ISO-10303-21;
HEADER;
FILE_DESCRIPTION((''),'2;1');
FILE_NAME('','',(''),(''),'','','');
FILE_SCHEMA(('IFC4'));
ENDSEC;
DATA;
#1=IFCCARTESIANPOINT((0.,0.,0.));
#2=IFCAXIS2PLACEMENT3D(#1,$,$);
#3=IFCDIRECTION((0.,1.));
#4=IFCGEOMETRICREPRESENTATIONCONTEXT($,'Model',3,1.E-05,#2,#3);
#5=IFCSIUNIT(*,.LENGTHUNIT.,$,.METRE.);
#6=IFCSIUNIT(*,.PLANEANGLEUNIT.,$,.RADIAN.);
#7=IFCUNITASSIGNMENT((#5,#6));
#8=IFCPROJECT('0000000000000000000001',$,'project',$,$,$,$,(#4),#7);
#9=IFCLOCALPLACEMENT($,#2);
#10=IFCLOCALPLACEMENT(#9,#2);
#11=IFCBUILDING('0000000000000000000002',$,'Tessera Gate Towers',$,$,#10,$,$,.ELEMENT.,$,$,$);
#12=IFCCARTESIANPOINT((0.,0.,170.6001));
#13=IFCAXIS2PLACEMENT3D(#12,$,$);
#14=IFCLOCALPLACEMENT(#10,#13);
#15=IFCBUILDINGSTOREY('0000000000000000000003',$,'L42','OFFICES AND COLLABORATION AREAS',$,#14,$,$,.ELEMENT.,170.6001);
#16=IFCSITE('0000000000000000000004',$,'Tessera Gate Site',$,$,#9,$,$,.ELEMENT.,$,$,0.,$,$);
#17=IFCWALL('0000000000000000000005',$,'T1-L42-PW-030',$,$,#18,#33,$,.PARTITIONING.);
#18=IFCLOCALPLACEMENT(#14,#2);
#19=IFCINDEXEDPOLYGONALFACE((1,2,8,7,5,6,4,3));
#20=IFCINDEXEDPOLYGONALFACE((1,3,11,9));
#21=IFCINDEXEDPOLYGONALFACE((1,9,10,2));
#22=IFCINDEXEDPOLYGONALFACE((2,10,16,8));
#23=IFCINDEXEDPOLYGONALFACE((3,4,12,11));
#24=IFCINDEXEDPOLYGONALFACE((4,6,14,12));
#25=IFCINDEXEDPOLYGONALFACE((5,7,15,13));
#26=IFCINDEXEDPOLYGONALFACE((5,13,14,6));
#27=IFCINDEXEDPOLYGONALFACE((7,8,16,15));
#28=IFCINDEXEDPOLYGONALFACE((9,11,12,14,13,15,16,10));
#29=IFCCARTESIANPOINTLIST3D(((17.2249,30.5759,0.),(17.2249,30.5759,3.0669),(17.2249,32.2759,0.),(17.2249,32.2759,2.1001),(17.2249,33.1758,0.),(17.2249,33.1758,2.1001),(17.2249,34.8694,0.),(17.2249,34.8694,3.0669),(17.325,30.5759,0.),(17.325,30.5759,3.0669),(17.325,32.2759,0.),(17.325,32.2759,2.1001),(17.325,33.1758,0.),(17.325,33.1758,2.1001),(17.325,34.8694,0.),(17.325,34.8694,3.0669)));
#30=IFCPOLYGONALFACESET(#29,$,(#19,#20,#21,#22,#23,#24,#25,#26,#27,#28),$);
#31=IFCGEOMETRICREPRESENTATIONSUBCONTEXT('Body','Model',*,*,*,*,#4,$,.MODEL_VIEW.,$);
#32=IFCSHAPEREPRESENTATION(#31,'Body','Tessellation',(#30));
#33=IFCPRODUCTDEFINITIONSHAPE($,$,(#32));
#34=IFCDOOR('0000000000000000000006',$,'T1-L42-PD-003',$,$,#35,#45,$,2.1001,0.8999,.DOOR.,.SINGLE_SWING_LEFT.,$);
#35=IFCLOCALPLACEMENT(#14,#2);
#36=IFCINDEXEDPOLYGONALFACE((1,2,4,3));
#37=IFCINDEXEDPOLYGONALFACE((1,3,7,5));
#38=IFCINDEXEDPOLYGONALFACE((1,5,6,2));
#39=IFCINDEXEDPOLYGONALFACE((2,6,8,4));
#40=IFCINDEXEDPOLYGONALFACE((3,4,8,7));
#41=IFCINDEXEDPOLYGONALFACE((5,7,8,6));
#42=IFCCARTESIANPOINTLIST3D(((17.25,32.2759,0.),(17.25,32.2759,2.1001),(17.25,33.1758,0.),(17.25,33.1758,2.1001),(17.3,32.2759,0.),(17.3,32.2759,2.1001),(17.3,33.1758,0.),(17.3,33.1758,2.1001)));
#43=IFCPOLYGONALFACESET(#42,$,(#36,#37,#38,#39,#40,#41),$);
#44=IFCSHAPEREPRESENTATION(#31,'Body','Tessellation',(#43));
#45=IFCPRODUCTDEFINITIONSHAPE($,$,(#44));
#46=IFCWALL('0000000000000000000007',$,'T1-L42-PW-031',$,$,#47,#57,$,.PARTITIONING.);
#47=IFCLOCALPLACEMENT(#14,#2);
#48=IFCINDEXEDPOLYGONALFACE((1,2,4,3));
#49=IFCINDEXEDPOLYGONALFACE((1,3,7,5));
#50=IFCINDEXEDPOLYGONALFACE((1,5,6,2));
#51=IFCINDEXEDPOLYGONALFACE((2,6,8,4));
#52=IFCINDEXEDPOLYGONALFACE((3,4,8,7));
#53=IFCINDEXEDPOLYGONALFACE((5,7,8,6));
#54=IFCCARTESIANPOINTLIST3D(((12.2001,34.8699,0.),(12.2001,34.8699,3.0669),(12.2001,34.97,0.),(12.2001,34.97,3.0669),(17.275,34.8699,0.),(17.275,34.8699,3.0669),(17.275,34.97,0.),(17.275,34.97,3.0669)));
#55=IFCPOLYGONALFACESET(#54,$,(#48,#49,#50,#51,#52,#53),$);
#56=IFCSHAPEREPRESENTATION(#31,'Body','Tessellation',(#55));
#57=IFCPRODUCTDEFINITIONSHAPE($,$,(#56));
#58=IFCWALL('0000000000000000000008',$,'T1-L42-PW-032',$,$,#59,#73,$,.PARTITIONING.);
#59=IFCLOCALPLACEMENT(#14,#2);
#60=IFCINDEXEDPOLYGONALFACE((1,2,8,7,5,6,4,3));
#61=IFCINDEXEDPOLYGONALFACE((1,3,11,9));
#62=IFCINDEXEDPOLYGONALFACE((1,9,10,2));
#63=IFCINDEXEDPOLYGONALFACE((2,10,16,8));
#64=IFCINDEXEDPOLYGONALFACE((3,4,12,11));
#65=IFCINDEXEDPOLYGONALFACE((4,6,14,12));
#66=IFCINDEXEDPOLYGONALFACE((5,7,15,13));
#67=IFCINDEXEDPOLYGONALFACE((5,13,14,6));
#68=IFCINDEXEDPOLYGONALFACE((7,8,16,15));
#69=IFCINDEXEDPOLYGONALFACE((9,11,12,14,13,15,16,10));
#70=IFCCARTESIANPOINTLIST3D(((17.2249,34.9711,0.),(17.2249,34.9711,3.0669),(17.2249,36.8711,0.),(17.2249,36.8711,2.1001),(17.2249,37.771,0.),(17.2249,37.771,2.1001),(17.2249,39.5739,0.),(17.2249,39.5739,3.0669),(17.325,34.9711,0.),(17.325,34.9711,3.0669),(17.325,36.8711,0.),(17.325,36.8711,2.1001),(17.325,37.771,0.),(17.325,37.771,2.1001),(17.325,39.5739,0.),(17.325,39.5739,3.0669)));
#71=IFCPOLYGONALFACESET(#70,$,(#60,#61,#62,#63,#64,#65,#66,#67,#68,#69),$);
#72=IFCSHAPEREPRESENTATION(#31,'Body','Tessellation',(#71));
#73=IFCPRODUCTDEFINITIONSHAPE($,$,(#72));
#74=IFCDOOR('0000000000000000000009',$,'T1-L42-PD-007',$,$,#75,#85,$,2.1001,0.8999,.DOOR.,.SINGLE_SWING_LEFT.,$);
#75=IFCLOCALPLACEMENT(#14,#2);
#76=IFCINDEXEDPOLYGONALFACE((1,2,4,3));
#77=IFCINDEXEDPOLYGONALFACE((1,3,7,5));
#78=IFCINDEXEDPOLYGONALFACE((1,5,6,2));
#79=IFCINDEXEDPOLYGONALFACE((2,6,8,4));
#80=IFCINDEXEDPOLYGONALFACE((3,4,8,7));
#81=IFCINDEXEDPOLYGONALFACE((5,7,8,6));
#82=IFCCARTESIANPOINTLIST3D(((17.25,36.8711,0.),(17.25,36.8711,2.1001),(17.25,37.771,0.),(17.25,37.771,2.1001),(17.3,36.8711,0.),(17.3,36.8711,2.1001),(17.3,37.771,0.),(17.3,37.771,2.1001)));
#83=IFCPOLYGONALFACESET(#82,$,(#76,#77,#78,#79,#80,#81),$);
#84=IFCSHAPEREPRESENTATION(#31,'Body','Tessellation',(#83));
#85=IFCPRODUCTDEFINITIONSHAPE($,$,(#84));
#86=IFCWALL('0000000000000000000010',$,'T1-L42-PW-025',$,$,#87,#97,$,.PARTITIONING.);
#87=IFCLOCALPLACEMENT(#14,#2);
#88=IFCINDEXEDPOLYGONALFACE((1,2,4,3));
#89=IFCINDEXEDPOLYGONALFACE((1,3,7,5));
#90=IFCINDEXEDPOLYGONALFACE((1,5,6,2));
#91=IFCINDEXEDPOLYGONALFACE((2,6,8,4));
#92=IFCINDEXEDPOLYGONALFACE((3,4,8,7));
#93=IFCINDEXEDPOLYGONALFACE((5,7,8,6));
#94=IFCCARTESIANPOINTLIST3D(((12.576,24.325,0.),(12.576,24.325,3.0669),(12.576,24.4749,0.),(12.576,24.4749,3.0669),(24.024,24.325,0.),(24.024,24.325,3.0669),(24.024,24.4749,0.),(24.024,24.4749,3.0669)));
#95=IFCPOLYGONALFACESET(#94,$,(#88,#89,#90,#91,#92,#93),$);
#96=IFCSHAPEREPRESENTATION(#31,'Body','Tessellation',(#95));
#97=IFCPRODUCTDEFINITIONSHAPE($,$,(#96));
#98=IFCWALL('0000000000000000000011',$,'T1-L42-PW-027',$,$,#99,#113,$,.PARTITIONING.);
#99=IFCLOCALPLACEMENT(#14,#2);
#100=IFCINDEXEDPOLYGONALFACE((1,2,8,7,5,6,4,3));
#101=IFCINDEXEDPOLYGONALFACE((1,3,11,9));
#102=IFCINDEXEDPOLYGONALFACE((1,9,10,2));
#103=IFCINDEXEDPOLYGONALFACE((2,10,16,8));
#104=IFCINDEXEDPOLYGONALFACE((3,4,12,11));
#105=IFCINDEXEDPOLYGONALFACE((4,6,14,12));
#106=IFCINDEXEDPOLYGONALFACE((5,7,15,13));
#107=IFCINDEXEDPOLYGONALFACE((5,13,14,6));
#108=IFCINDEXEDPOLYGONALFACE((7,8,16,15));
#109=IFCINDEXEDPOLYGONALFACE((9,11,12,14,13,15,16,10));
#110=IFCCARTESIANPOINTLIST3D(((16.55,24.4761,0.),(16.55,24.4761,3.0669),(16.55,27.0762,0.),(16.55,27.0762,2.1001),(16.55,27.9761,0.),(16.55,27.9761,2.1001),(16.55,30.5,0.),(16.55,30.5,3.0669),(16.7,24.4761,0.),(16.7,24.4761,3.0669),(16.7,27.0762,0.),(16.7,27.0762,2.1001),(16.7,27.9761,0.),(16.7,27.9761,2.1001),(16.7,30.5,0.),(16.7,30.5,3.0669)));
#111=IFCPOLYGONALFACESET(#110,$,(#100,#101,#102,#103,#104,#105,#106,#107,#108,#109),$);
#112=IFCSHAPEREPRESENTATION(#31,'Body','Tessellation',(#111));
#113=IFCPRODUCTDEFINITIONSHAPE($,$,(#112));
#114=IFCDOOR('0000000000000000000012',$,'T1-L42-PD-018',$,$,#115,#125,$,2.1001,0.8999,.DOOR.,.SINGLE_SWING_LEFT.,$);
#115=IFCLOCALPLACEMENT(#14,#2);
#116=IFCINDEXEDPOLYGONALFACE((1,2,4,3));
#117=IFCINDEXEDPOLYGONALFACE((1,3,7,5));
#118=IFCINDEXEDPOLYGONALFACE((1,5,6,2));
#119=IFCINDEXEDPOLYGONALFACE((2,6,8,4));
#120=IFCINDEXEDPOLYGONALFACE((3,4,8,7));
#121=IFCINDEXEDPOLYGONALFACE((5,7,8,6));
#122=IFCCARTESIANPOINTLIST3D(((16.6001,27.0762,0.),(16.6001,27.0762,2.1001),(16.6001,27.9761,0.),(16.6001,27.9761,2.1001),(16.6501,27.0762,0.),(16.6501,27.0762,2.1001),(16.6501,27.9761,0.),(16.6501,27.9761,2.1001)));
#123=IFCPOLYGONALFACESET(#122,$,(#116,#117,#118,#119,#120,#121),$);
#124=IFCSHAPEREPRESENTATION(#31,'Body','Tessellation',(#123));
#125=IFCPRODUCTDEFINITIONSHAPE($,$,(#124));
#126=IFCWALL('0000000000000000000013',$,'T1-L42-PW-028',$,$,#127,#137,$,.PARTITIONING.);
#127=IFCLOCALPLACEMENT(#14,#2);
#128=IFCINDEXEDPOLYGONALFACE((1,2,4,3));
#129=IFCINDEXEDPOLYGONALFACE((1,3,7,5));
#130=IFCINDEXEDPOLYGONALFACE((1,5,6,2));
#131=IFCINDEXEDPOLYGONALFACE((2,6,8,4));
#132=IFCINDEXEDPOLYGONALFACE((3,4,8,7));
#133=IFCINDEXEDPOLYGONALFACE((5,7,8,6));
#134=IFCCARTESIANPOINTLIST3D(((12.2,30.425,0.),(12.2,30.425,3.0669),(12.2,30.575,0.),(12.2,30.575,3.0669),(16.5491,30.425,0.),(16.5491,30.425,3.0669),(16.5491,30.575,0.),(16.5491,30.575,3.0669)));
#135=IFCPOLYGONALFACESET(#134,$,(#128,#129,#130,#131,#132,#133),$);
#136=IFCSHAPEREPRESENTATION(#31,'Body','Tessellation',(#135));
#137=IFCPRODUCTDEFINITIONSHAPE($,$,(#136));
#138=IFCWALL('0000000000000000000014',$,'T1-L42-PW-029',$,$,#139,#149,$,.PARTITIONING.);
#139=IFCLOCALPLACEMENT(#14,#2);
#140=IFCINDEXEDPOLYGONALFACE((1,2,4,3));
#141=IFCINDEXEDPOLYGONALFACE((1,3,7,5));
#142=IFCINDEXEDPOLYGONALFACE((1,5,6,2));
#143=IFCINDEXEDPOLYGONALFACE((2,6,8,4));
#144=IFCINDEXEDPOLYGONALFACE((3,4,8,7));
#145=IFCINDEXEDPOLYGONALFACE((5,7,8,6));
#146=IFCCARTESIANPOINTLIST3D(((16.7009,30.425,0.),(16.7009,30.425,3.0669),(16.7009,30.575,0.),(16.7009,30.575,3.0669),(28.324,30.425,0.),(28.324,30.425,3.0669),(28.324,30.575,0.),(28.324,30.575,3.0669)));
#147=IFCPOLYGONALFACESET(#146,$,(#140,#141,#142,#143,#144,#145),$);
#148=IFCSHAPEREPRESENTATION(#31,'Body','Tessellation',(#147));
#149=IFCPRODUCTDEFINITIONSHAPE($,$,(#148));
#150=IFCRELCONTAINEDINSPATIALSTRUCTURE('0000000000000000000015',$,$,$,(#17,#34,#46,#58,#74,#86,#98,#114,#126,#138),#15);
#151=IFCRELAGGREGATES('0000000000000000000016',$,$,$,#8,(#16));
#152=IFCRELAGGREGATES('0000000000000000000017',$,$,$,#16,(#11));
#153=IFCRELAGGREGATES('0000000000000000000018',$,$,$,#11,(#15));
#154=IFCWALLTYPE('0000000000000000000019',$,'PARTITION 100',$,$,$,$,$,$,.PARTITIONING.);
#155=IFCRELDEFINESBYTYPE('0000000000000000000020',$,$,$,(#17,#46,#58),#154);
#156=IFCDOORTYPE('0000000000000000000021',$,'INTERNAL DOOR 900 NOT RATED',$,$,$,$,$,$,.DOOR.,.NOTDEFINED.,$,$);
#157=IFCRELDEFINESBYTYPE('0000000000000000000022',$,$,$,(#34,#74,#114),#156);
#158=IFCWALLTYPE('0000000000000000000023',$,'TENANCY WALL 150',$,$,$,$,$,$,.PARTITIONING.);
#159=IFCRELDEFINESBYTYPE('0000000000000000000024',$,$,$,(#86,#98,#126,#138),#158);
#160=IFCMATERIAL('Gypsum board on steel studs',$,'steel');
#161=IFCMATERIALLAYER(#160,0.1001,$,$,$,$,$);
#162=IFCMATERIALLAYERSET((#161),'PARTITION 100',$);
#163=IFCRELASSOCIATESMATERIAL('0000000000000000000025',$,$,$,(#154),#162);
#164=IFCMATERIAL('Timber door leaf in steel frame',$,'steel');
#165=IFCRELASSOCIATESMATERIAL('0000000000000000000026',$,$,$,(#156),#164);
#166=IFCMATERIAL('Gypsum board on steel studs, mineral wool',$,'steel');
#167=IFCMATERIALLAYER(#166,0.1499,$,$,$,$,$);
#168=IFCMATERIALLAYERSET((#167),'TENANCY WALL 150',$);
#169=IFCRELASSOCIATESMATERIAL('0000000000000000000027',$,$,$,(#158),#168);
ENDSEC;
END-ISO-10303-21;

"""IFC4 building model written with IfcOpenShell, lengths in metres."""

from ifc_helpers import new_model, si_unit, direction, frame, frame_2d, origin, place, context, subcontext, project, spatial, rectangle, extrude, source, transform, mapped, material, layer, layer_set, type_object, element, fill, save


model = new_model("IFC4")

# Units and contexts
model_context = context("Model", 3, precision=1e-05, world=origin(), true_north=direction((0.0, 1.0)))
body_context = subcontext(model_context, "Body", "Model", "MODEL_VIEW")
ifc_project = project(units=[si_unit("LENGTHUNIT", "METRE"), si_unit("PLANEANGLEUNIT", "RADIAN")], contexts=[model_context])

# Site, building, storey
site_placement = place(None, origin())
site = spatial("IfcSite", under=ifc_project, at=site_placement, Name="Tessera Gate Site", CompositionType="ELEMENT", RefElevation=0.0)
building_placement = place(site_placement, origin())
building = spatial("IfcBuilding", under=site, at=building_placement, Name="Tessera Gate Towers", CompositionType="ELEMENT")
storey_placement = place(building_placement, frame((0.0, 0.0, 170.6001)))
storey = spatial("IfcBuildingStorey", under=building, at=storey_placement, Name="L42", Description="OFFICES AND COLLABORATION AREAS", CompositionType="ELEMENT", Elevation=170.6001)

# Wall, opening, door
shared_shape_1 = source(origin(), body_context, "Body", "SweptSolid", [
    extrude(rectangle(XDim=0.8999, YDim=2.1001, at=frame_2d((0.45, 1.05))), frame((0.0, 0.0601, 0.0), z_axis=(0.0, -1.0, 0.0), x_axis=(1.0, 0.0, 0.0)), (0.0, 0.0, 1.0), 0.1201),
])
shared_shape_2 = source(origin(), body_context, "Body", "SweptSolid", [
    extrude(rectangle(XDim=0.8999, YDim=2.1001, at=frame_2d((0.45, 1.05))), frame((0.0, 0.0249, 0.0), z_axis=(0.0, -1.0, 0.0), x_axis=(1.0, 0.0, 0.0)), (0.0, 0.0, 1.0), 0.05),
])
ifc_material_1 = material(Name="Gypsum board on steel studs", Category="steel")
ifc_layer_1 = layer(ifc_material_1, 0.1001)
ifc_layer_set_1 = layer_set([ifc_layer_1], Name="PARTITION 100")
wall_type_1 = type_object("IfcWallType", Name="PARTITION 100", PredefinedType="PARTITIONING", material=ifc_layer_set_1)
wall_1_placement = place(storey_placement, frame((17.2749, 30.5759, 0.0), z_axis=(0.0, 0.0, 1.0), x_axis=(0.0, 1.0, 0.0)))
wall_1 = element("IfcWall", 1, at=wall_1_placement, inside=storey, type_object=wall_type_1, Name="T1-L42-PW-030", PredefinedType="PARTITIONING", context=body_context, shape_type="SweptSolid", body=[
    extrude(rectangle(XDim=4.2935, YDim=0.1001, at=frame_2d((2.1467, 0.0))), origin(), (0.0, 0.0, 1.0), 3.0669),
])
opening_1_placement = place(wall_1_placement, frame((1.7, 0.0, 0.0)))
opening_1 = element("IfcOpeningElement", 2, at=opening_1_placement, cuts=wall_1, PredefinedType="OPENING", context=body_context, shape_type="MappedRepresentation", body=[
    mapped(shared_shape_1, transform((0.0, 0.0, 0.0), scale=1.0)),
])
ifc_material_2 = material(Name="Timber door leaf in steel frame", Category="steel")
door_type_1 = type_object("IfcDoorType", Name="INTERNAL DOOR 900 NOT RATED", OperationType="NOTDEFINED", PredefinedType="DOOR", material=ifc_material_2)
door_1_placement = place(opening_1_placement, origin())
door_1 = element("IfcDoor", 3, at=door_1_placement, inside=storey, type_object=door_type_1, Name="T1-L42-PD-003", OperationType="SINGLE_SWING_LEFT", OverallHeight=2.1001, OverallWidth=0.8999, PredefinedType="DOOR", context=body_context, shape_type="MappedRepresentation", body=[
    mapped(shared_shape_2, transform((0.0, 0.0, 0.0), scale=1.0)),
])
fill(opening_1, door_1)

# Wall
wall_2_placement = place(storey_placement, frame((12.2, 34.9199, 0.0), z_axis=(0.0, 0.0, 1.0), x_axis=(1.0, 0.0, 0.0)))
element("IfcWall", 4, at=wall_2_placement, inside=storey, type_object=wall_type_1, Name="T1-L42-PW-031", PredefinedType="PARTITIONING", context=body_context, shape_type="SweptSolid", body=[
    extrude(rectangle(XDim=5.075, YDim=0.1001, at=frame_2d((2.5376, 0.0))), origin(), (0.0, 0.0, 1.0), 3.0669),
])

# Wall, opening, door
wall_3_placement = place(storey_placement, frame((17.2749, 34.9712, 0.0), z_axis=(0.0, 0.0, 1.0), x_axis=(0.0, 1.0, 0.0)))
wall_3 = element("IfcWall", 5, at=wall_3_placement, inside=storey, type_object=wall_type_1, Name="T1-L42-PW-032", PredefinedType="PARTITIONING", context=body_context, shape_type="SweptSolid", body=[
    extrude(rectangle(XDim=4.6028, YDim=0.1001, at=frame_2d((2.3013, 0.0))), origin(), (0.0, 0.0, 1.0), 3.0669),
])
opening_2_placement = place(wall_3_placement, frame((1.8999, 0.0, 0.0)))
opening_2 = element("IfcOpeningElement", 6, at=opening_2_placement, cuts=wall_3, PredefinedType="OPENING", context=body_context, shape_type="MappedRepresentation", body=[
    mapped(shared_shape_1, transform((0.0, 0.0, 0.0), scale=1.0)),
])
door_2_placement = place(opening_2_placement, origin())
door_2 = element("IfcDoor", 7, at=door_2_placement, inside=storey, type_object=door_type_1, Name="T1-L42-PD-007", OperationType="SINGLE_SWING_LEFT", OverallHeight=2.1001, OverallWidth=0.8999, PredefinedType="DOOR", context=body_context, shape_type="MappedRepresentation", body=[
    mapped(shared_shape_2, transform((0.0, 0.0, 0.0), scale=1.0)),
])
fill(opening_2, door_2)

# Wall
ifc_material_3 = material(Name="Gypsum board on steel studs, mineral wool", Category="steel")
ifc_layer_2 = layer(ifc_material_3, 0.1499)
ifc_layer_set_2 = layer_set([ifc_layer_2], Name="TENANCY WALL 150")
wall_type_2 = type_object("IfcWallType", Name="TENANCY WALL 150", PredefinedType="PARTITIONING", material=ifc_layer_set_2)
wall_4_placement = place(storey_placement, frame((12.5759, 24.3999, 0.0), z_axis=(0.0, 0.0, 1.0), x_axis=(1.0, 0.0, 0.0)))
element("IfcWall", 8, at=wall_4_placement, inside=storey, type_object=wall_type_2, Name="T1-L42-PW-025", PredefinedType="PARTITIONING", context=body_context, shape_type="SweptSolid", body=[
    extrude(rectangle(XDim=11.448, YDim=0.1499, at=frame_2d((5.7241, 0.0))), origin(), (0.0, 0.0, 1.0), 3.0669),
])

# Wall, opening, door
wall_5_placement = place(storey_placement, frame((16.625, 24.4761, 0.0), z_axis=(0.0, 0.0, 1.0), x_axis=(0.0, 1.0, 0.0)))
wall_5 = element("IfcWall", 9, at=wall_5_placement, inside=storey, type_object=wall_type_2, Name="T1-L42-PW-027", PredefinedType="PARTITIONING", context=body_context, shape_type="SweptSolid", body=[
    extrude(rectangle(XDim=6.0239, YDim=0.1499, at=frame_2d((3.012, 0.0))), origin(), (0.0, 0.0, 1.0), 3.0669),
])
shared_shape_3 = source(origin(), body_context, "Body", "SweptSolid", [
    extrude(rectangle(XDim=0.8999, YDim=2.1001, at=frame_2d((0.45, 1.05))), frame((0.0, 0.085, 0.0), z_axis=(0.0, -1.0, 0.0), x_axis=(1.0, 0.0, 0.0)), (0.0, 0.0, 1.0), 0.1699),
])
opening_3_placement = place(wall_5_placement, frame((2.6001, 0.0, 0.0)))
opening_3 = element("IfcOpeningElement", 10, at=opening_3_placement, cuts=wall_5, PredefinedType="OPENING", context=body_context, shape_type="MappedRepresentation", body=[
    mapped(shared_shape_3, transform((0.0, 0.0, 0.0), scale=1.0)),
])
door_3_placement = place(opening_3_placement, origin())
door_3 = element("IfcDoor", 11, at=door_3_placement, inside=storey, type_object=door_type_1, Name="T1-L42-PD-018", OperationType="SINGLE_SWING_LEFT", OverallHeight=2.1001, OverallWidth=0.8999, PredefinedType="DOOR", context=body_context, shape_type="MappedRepresentation", body=[
    mapped(shared_shape_2, transform((0.0, 0.0, 0.0), scale=1.0)),
])
fill(opening_3, door_3)

# Walls
wall_6_placement = place(storey_placement, frame((12.2, 30.5, 0.0), z_axis=(0.0, 0.0, 1.0), x_axis=(1.0, 0.0, 0.0)))
element("IfcWall", 12, at=wall_6_placement, inside=storey, type_object=wall_type_2, Name="T1-L42-PW-028", PredefinedType="PARTITIONING", context=body_context, shape_type="SweptSolid", body=[
    extrude(rectangle(XDim=4.3491, YDim=0.1499, at=frame_2d((2.1746, 0.0))), origin(), (0.0, 0.0, 1.0), 3.0669),
])
wall_7_placement = place(storey_placement, frame((16.7009, 30.5, 0.0), z_axis=(0.0, 0.0, 1.0), x_axis=(1.0, 0.0, 0.0)))
element("IfcWall", 13, at=wall_7_placement, inside=storey, type_object=wall_type_2, Name="T1-L42-PW-029", PredefinedType="PARTITIONING", context=body_context, shape_type="SweptSolid", body=[
    extrude(rectangle(XDim=11.623, YDim=0.1499, at=frame_2d((5.8115, 0.0))), origin(), (0.0, 0.0, 1.0), 3.0669),
])

save(model, "model.ifc")
